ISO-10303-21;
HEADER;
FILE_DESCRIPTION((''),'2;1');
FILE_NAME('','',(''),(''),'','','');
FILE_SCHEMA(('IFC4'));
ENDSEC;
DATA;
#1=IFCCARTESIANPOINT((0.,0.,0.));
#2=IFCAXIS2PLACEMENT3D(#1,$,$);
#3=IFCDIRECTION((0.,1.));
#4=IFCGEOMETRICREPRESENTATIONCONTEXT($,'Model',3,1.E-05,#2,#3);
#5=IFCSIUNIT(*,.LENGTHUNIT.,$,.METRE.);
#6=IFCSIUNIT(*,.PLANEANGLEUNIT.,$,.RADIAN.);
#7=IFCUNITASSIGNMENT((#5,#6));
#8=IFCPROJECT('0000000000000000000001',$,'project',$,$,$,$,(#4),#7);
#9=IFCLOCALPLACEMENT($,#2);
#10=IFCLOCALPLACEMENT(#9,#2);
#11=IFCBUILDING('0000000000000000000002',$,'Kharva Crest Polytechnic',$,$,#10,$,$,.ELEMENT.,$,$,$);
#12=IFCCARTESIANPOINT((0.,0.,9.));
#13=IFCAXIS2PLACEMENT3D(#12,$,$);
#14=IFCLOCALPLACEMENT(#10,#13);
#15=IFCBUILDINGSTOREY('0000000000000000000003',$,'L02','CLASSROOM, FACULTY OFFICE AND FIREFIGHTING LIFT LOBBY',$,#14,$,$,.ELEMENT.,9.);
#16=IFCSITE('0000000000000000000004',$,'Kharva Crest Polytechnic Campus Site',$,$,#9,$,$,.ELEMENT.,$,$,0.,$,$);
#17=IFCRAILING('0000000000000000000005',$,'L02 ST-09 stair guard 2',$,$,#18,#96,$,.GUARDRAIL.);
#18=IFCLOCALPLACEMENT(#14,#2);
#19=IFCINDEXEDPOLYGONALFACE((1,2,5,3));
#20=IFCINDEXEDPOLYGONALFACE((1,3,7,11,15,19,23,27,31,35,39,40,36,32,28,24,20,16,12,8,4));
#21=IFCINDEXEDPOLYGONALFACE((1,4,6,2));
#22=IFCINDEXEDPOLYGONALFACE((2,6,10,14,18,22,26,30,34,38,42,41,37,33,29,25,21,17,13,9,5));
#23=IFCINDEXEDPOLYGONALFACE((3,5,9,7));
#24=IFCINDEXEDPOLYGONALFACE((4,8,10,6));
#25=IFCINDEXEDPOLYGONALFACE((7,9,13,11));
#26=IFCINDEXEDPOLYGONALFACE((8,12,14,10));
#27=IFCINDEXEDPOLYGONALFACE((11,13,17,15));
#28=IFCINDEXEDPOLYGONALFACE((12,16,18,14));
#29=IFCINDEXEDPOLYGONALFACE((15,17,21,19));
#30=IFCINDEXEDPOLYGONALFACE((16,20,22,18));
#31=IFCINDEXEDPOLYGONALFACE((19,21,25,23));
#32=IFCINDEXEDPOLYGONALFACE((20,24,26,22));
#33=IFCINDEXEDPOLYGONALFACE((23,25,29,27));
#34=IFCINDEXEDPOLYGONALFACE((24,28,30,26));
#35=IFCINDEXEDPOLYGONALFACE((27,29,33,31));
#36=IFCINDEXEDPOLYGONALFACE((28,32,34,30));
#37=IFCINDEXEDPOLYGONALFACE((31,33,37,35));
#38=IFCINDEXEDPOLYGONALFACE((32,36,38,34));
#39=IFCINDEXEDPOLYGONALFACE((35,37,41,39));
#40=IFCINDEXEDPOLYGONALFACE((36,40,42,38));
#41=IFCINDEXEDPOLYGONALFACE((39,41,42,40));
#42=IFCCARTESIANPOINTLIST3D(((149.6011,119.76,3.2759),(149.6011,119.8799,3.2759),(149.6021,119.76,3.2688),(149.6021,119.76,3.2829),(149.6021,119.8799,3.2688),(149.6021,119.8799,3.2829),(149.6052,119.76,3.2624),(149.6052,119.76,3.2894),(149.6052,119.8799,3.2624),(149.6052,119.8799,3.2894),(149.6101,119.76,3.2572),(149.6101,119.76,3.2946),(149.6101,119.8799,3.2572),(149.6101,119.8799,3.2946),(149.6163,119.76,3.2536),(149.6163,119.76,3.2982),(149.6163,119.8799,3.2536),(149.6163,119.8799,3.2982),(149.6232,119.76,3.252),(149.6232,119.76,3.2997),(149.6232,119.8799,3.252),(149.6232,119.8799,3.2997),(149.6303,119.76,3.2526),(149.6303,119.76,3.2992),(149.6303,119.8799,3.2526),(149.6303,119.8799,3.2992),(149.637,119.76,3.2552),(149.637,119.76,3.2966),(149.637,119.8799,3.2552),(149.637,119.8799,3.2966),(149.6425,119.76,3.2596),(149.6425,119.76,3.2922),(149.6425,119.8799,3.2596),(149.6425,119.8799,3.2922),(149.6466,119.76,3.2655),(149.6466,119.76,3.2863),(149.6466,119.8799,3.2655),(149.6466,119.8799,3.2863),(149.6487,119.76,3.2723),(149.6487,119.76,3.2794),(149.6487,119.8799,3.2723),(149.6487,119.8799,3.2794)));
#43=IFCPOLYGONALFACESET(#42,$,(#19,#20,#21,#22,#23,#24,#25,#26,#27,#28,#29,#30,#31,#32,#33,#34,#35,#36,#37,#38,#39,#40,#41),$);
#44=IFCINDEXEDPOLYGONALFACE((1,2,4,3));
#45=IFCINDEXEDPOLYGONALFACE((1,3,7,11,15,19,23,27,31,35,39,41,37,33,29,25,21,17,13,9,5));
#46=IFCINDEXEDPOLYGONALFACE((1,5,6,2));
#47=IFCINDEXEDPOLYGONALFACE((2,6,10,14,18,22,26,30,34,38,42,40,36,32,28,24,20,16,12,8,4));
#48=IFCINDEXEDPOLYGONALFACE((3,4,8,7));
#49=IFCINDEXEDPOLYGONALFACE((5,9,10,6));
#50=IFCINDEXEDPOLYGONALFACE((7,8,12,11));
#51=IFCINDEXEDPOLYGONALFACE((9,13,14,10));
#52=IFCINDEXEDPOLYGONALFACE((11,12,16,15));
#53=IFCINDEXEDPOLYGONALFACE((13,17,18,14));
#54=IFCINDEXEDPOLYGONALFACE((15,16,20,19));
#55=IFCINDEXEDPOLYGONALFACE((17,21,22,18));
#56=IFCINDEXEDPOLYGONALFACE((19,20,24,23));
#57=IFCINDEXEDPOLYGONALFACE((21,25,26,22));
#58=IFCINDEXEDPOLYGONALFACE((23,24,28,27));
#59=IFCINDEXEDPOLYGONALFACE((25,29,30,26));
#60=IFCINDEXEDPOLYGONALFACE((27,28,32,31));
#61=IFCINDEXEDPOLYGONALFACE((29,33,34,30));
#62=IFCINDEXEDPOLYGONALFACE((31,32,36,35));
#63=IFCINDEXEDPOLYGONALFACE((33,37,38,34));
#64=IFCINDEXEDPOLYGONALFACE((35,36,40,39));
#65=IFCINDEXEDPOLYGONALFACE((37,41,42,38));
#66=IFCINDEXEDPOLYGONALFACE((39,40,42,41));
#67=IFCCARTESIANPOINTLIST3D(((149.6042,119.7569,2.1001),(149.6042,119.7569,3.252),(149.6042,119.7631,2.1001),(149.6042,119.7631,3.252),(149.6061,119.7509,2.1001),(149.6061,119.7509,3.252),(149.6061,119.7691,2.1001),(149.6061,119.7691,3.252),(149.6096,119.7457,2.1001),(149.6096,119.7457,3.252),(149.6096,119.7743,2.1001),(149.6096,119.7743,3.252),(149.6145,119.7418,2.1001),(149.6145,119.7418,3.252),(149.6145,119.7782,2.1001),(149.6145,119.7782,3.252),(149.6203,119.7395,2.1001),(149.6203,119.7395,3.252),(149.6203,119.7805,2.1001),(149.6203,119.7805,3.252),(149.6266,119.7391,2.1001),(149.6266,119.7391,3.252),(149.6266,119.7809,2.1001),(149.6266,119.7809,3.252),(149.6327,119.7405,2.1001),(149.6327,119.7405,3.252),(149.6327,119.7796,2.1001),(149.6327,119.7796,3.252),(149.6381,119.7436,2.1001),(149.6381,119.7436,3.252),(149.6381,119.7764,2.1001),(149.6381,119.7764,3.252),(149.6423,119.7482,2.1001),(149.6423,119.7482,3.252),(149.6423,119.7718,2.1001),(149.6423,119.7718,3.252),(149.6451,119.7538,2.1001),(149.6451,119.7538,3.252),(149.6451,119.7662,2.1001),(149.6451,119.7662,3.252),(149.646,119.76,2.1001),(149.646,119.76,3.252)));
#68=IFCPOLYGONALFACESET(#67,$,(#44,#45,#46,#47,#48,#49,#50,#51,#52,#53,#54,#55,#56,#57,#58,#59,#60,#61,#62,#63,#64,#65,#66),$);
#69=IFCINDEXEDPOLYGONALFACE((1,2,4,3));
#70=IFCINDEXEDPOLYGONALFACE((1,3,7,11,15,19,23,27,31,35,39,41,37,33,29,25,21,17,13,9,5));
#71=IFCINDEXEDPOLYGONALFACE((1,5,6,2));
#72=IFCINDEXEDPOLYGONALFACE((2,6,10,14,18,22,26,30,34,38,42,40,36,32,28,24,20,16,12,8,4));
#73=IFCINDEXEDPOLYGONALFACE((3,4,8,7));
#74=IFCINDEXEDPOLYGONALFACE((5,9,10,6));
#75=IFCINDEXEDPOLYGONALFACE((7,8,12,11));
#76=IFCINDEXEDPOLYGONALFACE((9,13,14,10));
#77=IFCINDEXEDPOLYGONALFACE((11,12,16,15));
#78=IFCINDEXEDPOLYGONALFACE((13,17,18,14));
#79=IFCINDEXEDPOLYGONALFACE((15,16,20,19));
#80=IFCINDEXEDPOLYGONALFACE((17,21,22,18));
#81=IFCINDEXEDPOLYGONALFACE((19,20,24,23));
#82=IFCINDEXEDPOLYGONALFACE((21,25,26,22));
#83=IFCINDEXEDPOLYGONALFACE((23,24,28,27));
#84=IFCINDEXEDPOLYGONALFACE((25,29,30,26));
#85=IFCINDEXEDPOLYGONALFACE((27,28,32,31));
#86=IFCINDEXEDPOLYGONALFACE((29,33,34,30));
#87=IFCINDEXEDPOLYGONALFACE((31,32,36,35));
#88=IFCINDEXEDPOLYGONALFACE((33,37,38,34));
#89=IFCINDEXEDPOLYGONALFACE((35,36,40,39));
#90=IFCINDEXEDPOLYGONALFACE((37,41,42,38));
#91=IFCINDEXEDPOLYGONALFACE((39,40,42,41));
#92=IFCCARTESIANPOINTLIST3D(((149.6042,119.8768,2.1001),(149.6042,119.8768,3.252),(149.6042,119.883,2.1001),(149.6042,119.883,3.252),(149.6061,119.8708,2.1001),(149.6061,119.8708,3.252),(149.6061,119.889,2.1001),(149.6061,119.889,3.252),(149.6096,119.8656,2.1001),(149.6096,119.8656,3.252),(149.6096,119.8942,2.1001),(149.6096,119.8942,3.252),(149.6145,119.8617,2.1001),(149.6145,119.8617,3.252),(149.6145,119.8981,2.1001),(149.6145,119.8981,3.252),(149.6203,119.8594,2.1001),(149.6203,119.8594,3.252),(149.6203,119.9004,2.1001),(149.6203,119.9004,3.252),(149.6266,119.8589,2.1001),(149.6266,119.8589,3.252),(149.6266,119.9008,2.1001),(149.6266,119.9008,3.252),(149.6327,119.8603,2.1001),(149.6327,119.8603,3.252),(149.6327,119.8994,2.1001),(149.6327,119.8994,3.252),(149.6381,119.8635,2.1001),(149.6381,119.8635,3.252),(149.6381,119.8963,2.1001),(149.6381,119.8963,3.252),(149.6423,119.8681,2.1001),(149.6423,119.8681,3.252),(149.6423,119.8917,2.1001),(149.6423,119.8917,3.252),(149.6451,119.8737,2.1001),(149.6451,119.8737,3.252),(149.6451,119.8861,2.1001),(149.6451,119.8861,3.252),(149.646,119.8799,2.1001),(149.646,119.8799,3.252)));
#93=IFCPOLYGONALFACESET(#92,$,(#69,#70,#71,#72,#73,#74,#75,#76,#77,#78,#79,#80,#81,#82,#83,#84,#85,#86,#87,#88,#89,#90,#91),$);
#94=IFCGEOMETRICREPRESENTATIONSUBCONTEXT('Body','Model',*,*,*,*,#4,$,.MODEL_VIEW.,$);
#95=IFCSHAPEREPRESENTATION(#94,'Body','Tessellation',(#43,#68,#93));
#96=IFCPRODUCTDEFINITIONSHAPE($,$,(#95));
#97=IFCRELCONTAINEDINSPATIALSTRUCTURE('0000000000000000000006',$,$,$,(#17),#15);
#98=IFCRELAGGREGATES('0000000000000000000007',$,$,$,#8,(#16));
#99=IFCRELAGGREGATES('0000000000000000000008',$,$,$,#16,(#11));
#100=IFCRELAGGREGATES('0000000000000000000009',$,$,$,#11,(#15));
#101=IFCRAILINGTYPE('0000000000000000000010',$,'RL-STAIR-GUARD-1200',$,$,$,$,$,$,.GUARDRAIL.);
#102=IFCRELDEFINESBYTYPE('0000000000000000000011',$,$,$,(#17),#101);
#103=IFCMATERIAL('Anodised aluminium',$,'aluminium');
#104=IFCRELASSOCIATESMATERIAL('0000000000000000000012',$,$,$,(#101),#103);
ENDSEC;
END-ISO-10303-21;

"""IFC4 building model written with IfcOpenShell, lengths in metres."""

from ifc_helpers import new_model, si_unit, direction, frame, origin, origin_2d, place, context, subcontext, project, spatial, circle, extrude, material, type_object, element, save


model = new_model("IFC4")

# Units and contexts
model_context = context("Model", 3, precision=1e-05, world=origin(), true_north=direction((0.0, 1.0)))
body_context = subcontext(model_context, "Body", "Model", "MODEL_VIEW")
ifc_project = project(units=[si_unit("LENGTHUNIT", "METRE"), si_unit("PLANEANGLEUNIT", "RADIAN")], contexts=[model_context])

# Site, building, storey
site_placement = place(None, origin())
site = spatial("IfcSite", under=ifc_project, at=site_placement, Name="Kharva Crest Polytechnic Campus Site", CompositionType="ELEMENT", RefElevation=0.0)
building_placement = place(site_placement, origin())
building = spatial("IfcBuilding", under=site, at=building_placement, Name="Kharva Crest Polytechnic", CompositionType="ELEMENT")
storey_placement = place(building_placement, frame((0.0, 0.0, 9.0)))
storey = spatial("IfcBuildingStorey", under=building, at=storey_placement, Name="L02", Description="CLASSROOM, FACULTY OFFICE AND FIREFIGHTING LIFT LOBBY", CompositionType="ELEMENT", Elevation=9.0)

# Railing
ifc_material_1 = material(Name="Anodised aluminium", Category="aluminium")
railing_type_1 = type_object("IfcRailingType", Name="RL-STAIR-GUARD-1200", PredefinedType="GUARDRAIL", material=ifc_material_1)
railing_1_placement = place(storey_placement, frame((149.625, 119.76, 2.1001)))
element("IfcRailing", 1, at=railing_1_placement, inside=storey, type_object=railing_type_1, Name="L02 ST-09 stair guard 2", PredefinedType="GUARDRAIL", context=body_context, shape_type="SweptSolid", body=[
    extrude(circle(Radius=0.0239, at=origin_2d()), frame((0.0, 0.0, 1.1758), z_axis=(0.0, 1.0, 0.0), x_axis=(-1.0, 0.0, 0.0)), (0.0, 0.0, 1.0), 0.1199),
    extrude(circle(Radius=0.021, at=origin_2d()), origin(), (0.0, 0.0, 1.0), 1.1519),
    extrude(circle(Radius=0.021, at=origin_2d()), frame((0.0, 0.1199, 0.0)), (0.0, 0.0, 1.0), 1.1519),
])

save(model, "model.ifc")
